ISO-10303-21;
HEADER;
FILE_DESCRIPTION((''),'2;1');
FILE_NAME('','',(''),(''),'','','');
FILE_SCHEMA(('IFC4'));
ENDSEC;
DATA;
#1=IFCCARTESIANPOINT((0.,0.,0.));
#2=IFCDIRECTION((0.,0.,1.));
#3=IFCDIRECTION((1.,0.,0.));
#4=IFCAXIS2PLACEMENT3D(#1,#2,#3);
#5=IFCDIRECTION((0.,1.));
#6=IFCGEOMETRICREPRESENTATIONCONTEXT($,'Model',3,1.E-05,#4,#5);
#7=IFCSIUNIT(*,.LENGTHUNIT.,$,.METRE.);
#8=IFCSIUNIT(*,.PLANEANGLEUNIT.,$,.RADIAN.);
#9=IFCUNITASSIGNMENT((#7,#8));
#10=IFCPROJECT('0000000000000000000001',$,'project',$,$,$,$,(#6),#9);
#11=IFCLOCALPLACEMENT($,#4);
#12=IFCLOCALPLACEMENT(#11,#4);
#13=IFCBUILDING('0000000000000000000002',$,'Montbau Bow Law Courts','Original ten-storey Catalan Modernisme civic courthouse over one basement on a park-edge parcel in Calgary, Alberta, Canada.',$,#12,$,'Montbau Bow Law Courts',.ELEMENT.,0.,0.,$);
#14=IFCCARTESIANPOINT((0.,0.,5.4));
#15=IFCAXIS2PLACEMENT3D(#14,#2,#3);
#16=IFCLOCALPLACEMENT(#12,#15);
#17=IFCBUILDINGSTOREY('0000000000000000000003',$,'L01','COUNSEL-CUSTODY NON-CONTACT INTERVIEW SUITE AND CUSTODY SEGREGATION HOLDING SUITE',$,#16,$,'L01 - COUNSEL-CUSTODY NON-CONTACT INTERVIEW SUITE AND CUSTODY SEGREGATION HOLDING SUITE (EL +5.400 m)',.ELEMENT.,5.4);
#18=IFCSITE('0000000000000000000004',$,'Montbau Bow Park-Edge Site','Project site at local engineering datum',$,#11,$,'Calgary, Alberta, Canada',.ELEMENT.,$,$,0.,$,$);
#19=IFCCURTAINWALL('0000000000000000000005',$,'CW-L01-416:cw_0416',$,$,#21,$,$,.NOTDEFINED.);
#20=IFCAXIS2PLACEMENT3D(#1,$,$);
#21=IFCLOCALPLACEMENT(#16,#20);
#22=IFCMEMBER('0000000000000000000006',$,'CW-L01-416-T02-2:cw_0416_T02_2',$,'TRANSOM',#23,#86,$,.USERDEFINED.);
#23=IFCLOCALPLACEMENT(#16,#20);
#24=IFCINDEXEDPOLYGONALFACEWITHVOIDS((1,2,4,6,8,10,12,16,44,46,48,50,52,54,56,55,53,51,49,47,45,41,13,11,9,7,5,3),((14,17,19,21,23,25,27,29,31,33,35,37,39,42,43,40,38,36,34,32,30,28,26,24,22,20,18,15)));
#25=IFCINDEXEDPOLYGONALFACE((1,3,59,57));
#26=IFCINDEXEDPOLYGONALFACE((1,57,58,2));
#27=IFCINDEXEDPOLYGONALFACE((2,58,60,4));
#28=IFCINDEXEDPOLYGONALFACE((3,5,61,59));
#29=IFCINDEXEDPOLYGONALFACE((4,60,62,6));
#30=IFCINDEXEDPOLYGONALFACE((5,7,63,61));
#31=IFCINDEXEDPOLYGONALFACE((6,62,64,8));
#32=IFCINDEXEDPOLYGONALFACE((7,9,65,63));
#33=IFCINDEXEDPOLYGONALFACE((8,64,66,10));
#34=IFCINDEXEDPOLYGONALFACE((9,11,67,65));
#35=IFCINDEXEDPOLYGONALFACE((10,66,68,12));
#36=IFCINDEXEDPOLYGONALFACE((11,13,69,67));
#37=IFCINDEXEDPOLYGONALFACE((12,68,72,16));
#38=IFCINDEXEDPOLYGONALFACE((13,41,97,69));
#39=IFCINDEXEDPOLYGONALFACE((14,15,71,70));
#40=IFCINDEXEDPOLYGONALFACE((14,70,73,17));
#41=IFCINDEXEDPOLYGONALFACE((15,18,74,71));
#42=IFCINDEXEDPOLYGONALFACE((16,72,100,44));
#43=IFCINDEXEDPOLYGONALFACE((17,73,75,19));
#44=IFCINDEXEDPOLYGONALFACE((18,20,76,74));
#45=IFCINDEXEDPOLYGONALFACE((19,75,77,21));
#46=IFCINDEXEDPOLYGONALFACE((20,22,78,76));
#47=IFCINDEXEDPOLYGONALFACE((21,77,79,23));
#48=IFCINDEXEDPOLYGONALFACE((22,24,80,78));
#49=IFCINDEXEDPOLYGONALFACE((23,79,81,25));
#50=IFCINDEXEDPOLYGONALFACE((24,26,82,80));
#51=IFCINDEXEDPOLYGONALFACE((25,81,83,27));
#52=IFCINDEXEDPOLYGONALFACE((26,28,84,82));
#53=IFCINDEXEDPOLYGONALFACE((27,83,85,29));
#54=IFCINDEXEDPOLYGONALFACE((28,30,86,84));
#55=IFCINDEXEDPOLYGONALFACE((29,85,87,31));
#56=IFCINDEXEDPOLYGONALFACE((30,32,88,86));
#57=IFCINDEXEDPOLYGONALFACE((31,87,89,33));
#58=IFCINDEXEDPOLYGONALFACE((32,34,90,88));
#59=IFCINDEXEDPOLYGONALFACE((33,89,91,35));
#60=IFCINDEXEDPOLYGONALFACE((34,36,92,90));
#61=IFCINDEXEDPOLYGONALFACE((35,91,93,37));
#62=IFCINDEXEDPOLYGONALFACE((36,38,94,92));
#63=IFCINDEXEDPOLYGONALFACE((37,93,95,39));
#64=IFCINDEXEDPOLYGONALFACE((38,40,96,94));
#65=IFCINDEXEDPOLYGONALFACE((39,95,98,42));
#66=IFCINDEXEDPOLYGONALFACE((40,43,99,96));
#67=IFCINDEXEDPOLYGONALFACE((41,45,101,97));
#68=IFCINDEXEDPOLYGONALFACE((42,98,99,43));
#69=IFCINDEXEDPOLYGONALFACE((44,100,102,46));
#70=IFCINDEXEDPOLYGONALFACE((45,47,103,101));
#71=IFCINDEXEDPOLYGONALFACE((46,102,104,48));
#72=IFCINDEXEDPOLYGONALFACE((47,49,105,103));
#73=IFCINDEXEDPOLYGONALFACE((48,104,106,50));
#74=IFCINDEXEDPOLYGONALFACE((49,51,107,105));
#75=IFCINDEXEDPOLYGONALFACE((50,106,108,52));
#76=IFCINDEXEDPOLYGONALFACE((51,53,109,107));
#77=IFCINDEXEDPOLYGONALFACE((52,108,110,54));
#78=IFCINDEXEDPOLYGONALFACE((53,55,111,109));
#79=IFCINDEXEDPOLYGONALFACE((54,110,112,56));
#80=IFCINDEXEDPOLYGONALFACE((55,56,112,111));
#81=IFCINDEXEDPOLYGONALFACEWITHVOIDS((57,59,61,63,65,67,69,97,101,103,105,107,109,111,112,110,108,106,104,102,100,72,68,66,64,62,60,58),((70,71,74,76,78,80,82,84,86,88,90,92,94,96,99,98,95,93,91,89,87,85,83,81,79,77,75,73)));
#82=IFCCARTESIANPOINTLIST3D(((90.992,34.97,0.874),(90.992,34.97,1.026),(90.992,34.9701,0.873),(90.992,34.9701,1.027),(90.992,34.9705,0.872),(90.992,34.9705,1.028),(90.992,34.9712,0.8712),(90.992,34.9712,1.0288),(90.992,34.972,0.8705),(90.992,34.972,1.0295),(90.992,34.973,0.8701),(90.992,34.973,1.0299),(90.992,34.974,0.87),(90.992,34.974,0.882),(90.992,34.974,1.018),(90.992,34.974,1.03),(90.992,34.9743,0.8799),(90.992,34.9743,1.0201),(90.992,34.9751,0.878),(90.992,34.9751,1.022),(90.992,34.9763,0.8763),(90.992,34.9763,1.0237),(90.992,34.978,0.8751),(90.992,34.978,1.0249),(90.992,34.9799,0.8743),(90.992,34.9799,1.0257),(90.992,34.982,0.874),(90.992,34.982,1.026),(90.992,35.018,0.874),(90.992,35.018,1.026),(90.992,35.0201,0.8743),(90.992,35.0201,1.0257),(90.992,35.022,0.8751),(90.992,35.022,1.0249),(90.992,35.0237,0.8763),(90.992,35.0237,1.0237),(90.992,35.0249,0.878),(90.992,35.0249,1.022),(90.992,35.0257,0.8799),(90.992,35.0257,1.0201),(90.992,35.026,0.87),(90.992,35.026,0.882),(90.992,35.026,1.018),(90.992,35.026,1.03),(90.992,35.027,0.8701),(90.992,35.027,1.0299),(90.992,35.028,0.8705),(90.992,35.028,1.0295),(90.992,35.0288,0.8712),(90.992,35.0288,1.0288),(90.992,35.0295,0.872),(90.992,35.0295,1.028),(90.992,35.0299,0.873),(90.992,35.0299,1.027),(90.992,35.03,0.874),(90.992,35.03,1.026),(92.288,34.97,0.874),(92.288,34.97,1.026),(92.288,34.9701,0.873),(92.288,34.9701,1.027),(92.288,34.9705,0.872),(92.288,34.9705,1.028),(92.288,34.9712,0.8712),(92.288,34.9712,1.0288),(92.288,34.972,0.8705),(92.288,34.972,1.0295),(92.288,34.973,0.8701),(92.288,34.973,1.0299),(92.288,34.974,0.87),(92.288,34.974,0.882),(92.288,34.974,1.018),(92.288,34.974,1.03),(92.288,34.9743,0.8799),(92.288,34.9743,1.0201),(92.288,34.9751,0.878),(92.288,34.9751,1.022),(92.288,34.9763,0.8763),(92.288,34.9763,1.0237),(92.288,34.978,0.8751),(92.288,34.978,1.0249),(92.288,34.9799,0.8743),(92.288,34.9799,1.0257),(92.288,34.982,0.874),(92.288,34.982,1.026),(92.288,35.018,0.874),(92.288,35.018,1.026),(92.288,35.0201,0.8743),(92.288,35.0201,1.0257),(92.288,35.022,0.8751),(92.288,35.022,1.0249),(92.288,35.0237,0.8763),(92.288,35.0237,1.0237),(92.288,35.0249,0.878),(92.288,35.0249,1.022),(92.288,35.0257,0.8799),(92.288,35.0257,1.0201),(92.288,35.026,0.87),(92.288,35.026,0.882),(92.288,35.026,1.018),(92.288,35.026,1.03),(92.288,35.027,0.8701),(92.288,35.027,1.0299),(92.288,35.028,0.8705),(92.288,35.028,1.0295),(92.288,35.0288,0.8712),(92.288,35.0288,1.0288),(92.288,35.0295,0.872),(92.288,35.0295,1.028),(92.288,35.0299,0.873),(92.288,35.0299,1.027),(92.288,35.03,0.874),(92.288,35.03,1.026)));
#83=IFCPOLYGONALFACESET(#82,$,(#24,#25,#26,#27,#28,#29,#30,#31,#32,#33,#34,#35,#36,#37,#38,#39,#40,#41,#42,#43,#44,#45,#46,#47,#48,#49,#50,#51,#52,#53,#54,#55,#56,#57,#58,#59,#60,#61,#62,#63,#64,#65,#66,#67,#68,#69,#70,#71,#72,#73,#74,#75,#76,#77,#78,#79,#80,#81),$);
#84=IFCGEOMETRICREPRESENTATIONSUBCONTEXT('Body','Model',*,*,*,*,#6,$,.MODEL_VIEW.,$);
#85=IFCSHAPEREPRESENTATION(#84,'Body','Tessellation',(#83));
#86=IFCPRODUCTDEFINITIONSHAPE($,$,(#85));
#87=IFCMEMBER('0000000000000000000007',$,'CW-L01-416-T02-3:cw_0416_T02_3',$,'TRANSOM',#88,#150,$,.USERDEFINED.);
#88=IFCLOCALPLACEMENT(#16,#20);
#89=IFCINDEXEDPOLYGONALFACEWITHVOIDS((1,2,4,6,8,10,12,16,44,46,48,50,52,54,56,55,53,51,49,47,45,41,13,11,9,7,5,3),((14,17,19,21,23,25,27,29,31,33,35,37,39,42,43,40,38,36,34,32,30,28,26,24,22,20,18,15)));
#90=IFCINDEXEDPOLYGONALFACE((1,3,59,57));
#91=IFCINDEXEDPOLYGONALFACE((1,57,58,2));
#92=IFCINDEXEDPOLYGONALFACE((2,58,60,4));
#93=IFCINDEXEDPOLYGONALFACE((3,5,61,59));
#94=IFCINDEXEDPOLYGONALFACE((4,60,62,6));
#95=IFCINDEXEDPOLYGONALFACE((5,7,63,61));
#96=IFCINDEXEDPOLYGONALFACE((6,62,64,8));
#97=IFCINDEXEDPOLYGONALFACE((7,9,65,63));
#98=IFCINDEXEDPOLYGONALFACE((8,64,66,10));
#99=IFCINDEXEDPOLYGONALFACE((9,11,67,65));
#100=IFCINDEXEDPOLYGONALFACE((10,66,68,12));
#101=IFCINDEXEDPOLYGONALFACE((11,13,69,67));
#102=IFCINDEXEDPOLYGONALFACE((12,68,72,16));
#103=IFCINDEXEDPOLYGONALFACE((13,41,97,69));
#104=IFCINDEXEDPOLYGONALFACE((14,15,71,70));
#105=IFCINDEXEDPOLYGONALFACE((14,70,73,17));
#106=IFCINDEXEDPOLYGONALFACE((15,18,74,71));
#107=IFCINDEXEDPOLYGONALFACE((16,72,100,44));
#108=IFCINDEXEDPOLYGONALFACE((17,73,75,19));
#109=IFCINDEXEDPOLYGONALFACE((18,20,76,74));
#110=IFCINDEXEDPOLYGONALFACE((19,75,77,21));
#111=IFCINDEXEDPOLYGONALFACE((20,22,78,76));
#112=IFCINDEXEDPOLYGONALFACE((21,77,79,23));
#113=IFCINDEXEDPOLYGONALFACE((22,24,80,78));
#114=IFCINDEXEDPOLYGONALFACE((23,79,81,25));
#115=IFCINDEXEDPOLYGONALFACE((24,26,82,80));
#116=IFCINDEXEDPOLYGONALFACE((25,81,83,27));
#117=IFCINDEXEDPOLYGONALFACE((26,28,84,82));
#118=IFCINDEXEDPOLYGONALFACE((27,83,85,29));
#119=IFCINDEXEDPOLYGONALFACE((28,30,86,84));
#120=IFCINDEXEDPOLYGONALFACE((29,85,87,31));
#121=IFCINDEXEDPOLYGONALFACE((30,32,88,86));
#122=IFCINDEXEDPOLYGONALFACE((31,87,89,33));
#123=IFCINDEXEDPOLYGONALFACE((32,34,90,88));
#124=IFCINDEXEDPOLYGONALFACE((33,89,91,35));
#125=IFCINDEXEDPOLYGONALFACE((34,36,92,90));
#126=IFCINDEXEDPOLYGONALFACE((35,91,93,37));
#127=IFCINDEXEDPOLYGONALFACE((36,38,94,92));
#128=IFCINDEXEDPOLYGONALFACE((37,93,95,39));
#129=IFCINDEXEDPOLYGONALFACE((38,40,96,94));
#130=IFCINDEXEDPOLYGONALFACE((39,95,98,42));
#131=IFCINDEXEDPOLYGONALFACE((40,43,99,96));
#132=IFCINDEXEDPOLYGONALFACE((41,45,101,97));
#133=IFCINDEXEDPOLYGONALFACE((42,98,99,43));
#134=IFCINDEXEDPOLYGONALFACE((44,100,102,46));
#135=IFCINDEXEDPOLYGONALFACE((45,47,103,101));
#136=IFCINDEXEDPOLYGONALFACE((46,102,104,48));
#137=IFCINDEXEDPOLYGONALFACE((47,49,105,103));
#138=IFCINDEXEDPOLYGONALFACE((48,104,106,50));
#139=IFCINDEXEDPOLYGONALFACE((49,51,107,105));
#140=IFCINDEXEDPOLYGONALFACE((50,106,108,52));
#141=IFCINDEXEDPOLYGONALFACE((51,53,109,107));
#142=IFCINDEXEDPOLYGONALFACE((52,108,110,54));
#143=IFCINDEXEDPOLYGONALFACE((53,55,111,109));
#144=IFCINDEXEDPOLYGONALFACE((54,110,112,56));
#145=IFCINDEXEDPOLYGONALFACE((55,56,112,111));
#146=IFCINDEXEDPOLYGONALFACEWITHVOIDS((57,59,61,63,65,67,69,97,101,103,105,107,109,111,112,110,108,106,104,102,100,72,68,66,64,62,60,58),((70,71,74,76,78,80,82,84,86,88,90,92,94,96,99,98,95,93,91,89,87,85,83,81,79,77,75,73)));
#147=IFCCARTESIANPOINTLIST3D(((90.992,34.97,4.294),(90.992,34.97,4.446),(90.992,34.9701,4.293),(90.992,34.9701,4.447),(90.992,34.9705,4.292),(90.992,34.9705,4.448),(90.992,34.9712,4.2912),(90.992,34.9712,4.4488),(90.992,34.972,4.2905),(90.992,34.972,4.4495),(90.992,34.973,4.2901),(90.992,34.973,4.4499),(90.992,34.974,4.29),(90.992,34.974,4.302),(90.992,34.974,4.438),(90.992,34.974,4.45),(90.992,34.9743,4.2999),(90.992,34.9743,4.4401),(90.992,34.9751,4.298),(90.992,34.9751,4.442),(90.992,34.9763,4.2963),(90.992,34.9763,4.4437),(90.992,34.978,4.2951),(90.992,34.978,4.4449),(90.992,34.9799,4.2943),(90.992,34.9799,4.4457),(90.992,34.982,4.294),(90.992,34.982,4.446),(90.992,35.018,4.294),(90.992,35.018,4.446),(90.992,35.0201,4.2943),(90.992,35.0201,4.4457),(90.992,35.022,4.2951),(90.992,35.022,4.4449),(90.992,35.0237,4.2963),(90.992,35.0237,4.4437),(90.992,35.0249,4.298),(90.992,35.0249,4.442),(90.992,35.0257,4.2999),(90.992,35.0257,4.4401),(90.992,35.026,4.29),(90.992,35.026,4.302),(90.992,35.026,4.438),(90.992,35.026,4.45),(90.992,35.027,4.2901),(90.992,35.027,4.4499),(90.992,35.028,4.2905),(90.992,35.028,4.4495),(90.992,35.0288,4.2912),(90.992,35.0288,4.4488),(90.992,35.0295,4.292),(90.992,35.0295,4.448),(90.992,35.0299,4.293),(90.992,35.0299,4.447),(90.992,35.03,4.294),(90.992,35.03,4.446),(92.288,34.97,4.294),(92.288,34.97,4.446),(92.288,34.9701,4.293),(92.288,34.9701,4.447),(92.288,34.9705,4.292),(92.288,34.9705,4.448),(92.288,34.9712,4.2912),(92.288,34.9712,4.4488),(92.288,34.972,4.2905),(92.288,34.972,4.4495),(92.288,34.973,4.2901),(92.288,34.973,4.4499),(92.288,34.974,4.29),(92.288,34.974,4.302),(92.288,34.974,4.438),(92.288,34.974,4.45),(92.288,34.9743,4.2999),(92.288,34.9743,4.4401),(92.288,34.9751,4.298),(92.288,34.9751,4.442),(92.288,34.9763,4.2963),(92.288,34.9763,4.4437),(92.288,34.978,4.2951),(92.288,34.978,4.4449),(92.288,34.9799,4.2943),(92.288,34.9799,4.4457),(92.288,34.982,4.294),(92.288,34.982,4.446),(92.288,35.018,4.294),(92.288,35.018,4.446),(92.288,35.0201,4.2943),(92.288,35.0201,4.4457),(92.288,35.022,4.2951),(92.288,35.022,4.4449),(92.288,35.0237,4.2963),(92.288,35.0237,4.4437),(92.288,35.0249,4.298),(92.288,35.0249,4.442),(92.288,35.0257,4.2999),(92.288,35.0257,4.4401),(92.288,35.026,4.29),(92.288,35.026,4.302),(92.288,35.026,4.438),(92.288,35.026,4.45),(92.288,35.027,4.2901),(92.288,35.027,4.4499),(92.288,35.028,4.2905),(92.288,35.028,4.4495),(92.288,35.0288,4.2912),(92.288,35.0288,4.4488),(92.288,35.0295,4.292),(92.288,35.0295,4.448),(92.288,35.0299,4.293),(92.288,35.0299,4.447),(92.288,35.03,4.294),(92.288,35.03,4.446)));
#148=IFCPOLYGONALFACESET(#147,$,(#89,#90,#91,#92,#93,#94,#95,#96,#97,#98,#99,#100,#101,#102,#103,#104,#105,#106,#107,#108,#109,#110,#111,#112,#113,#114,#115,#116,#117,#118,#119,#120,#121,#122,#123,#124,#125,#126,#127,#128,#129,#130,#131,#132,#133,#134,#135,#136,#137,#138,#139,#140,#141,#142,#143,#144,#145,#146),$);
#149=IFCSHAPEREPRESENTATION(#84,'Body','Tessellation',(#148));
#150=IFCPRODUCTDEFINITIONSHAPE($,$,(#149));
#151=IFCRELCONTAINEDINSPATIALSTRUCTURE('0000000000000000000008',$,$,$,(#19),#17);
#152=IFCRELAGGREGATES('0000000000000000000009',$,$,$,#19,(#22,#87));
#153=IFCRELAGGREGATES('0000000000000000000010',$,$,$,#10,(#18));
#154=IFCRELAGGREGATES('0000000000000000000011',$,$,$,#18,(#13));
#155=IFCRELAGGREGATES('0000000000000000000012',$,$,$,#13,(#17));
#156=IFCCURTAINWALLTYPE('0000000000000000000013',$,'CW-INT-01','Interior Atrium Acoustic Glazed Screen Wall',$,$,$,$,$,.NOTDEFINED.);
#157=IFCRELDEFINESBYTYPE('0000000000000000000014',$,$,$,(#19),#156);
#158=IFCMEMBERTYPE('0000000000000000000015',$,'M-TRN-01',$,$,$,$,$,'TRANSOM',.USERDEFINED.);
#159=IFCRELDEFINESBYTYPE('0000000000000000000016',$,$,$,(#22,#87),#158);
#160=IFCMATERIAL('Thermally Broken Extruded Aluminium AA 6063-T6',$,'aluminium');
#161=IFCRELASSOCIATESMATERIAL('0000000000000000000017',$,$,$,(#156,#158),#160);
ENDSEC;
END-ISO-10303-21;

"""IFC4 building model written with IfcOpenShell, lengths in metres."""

from ifc_helpers import new_model, si_unit, direction, frame, origin_with_axes, origin_2d_with_axis, place, context, subcontext, project, spatial, hollow_rectangle, extrude, material, material_profile, profile_set, type_object, element, aggregate, save


model = new_model("IFC4")

# Units and contexts
model_context = context("Model", 3, precision=1e-05, world=origin_with_axes(), true_north=direction((0.0, 1.0)))
body_context = subcontext(model_context, "Body", "Model", "MODEL_VIEW")
ifc_project = project(units=[si_unit("LENGTHUNIT", "METRE"), si_unit("PLANEANGLEUNIT", "RADIAN")], contexts=[model_context])

# Site, building, storey
site_placement = place(None, origin_with_axes())
site = spatial("IfcSite", under=ifc_project, at=site_placement, Name="Montbau Bow Park-Edge Site", Description="Project site at local engineering datum", LongName="Calgary, Alberta, Canada", CompositionType="ELEMENT", RefElevation=0.0)
building_placement = place(site_placement, origin_with_axes())
building = spatial("IfcBuilding", under=site, at=building_placement, Name="Montbau Bow Law Courts", Description="Original ten-storey Catalan Modernisme civic courthouse over one basement on a park-edge parcel in Calgary, Alberta, Canada.", LongName="Montbau Bow Law Courts", CompositionType="ELEMENT", ElevationOfRefHeight=0.0, ElevationOfTerrain=0.0)
storey_placement = place(building_placement, frame((0.0, 0.0, 5.4), z_axis=(0.0, 0.0, 1.0), x_axis=(1.0, 0.0, 0.0)))
storey = spatial("IfcBuildingStorey", under=building, at=storey_placement, Name="L01", Description="COUNSEL-CUSTODY NON-CONTACT INTERVIEW SUITE AND CUSTODY SEGREGATION HOLDING SUITE", LongName="L01 - COUNSEL-CUSTODY NON-CONTACT INTERVIEW SUITE AND CUSTODY SEGREGATION HOLDING SUITE (EL +5.400 m)", CompositionType="ELEMENT", Elevation=5.4)

# Curtain wall, members
ifc_material_1 = material(Name="Thermally Broken Extruded Aluminium AA 6063-T6", Category="aluminium")
curtain_wall_type = type_object("IfcCurtainWallType", Name="CW-INT-01", Description="Interior Atrium Acoustic Glazed Screen Wall", PredefinedType="NOTDEFINED", material=ifc_material_1)
curtain_wall_placement = place(None, frame((89.6, 35.0, 5.4), z_axis=(0.0, 0.0, 1.0), x_axis=(1.0, 0.0, 0.0)))
curtain_wall = element("IfcCurtainWall", 1, at=curtain_wall_placement, inside=storey, type_object=curtain_wall_type, Name="CW-L01-416:cw_0416", PredefinedType="NOTDEFINED")
ifc_material_profile_1 = material_profile(ifc_material_1, hollow_rectangle(XDim=0.06, YDim=0.16, WallThickness=0.004, InnerFilletRadius=0.008, OuterFilletRadius=0.004, at=origin_2d_with_axis()), Name="CWT-160X60", Category="Main", Priority=0)
ifc_profile_set_1 = profile_set([ifc_material_profile_1], Name="Thermally Broken Extruded Aluminium AA 6063-T6")
member_type_1 = type_object("IfcMemberType", Name="M-TRN-01", ElementType="TRANSOM", PredefinedType="USERDEFINED", material=ifc_profile_set_1)
member_1_placement = place(None, frame((90.992, 35.0, 6.35), z_axis=(1.0, 0.0, 0.0), x_axis=(0.0, 1.0, 0.0)))
member_1 = element("IfcMember", 2, at=member_1_placement, type_object=member_type_1, Name="CW-L01-416-T02-2:cw_0416_T02_2", ObjectType="TRANSOM", PredefinedType="USERDEFINED", context=body_context, shape_type="SweptSolid", body=[
    extrude(hollow_rectangle(XDim=0.06, YDim=0.16, WallThickness=0.004, InnerFilletRadius=0.008, OuterFilletRadius=0.004, at=origin_2d_with_axis()), origin_with_axes(), (0.0, 0.0, 1.0), 1.296),
])
member_2_placement = place(None, frame((90.992, 35.0, 9.77), z_axis=(1.0, 0.0, 0.0), x_axis=(0.0, 1.0, 0.0)))
member_2 = element("IfcMember", 3, at=member_2_placement, type_object=member_type_1, Name="CW-L01-416-T02-3:cw_0416_T02_3", ObjectType="TRANSOM", PredefinedType="USERDEFINED", context=body_context, shape_type="SweptSolid", body=[
    extrude(hollow_rectangle(XDim=0.06, YDim=0.16, WallThickness=0.004, InnerFilletRadius=0.008, OuterFilletRadius=0.004, at=origin_2d_with_axis()), origin_with_axes(), (0.0, 0.0, 1.0), 1.296),
])
aggregate(curtain_wall, [member_1, member_2])

save(model, "model.ifc")
